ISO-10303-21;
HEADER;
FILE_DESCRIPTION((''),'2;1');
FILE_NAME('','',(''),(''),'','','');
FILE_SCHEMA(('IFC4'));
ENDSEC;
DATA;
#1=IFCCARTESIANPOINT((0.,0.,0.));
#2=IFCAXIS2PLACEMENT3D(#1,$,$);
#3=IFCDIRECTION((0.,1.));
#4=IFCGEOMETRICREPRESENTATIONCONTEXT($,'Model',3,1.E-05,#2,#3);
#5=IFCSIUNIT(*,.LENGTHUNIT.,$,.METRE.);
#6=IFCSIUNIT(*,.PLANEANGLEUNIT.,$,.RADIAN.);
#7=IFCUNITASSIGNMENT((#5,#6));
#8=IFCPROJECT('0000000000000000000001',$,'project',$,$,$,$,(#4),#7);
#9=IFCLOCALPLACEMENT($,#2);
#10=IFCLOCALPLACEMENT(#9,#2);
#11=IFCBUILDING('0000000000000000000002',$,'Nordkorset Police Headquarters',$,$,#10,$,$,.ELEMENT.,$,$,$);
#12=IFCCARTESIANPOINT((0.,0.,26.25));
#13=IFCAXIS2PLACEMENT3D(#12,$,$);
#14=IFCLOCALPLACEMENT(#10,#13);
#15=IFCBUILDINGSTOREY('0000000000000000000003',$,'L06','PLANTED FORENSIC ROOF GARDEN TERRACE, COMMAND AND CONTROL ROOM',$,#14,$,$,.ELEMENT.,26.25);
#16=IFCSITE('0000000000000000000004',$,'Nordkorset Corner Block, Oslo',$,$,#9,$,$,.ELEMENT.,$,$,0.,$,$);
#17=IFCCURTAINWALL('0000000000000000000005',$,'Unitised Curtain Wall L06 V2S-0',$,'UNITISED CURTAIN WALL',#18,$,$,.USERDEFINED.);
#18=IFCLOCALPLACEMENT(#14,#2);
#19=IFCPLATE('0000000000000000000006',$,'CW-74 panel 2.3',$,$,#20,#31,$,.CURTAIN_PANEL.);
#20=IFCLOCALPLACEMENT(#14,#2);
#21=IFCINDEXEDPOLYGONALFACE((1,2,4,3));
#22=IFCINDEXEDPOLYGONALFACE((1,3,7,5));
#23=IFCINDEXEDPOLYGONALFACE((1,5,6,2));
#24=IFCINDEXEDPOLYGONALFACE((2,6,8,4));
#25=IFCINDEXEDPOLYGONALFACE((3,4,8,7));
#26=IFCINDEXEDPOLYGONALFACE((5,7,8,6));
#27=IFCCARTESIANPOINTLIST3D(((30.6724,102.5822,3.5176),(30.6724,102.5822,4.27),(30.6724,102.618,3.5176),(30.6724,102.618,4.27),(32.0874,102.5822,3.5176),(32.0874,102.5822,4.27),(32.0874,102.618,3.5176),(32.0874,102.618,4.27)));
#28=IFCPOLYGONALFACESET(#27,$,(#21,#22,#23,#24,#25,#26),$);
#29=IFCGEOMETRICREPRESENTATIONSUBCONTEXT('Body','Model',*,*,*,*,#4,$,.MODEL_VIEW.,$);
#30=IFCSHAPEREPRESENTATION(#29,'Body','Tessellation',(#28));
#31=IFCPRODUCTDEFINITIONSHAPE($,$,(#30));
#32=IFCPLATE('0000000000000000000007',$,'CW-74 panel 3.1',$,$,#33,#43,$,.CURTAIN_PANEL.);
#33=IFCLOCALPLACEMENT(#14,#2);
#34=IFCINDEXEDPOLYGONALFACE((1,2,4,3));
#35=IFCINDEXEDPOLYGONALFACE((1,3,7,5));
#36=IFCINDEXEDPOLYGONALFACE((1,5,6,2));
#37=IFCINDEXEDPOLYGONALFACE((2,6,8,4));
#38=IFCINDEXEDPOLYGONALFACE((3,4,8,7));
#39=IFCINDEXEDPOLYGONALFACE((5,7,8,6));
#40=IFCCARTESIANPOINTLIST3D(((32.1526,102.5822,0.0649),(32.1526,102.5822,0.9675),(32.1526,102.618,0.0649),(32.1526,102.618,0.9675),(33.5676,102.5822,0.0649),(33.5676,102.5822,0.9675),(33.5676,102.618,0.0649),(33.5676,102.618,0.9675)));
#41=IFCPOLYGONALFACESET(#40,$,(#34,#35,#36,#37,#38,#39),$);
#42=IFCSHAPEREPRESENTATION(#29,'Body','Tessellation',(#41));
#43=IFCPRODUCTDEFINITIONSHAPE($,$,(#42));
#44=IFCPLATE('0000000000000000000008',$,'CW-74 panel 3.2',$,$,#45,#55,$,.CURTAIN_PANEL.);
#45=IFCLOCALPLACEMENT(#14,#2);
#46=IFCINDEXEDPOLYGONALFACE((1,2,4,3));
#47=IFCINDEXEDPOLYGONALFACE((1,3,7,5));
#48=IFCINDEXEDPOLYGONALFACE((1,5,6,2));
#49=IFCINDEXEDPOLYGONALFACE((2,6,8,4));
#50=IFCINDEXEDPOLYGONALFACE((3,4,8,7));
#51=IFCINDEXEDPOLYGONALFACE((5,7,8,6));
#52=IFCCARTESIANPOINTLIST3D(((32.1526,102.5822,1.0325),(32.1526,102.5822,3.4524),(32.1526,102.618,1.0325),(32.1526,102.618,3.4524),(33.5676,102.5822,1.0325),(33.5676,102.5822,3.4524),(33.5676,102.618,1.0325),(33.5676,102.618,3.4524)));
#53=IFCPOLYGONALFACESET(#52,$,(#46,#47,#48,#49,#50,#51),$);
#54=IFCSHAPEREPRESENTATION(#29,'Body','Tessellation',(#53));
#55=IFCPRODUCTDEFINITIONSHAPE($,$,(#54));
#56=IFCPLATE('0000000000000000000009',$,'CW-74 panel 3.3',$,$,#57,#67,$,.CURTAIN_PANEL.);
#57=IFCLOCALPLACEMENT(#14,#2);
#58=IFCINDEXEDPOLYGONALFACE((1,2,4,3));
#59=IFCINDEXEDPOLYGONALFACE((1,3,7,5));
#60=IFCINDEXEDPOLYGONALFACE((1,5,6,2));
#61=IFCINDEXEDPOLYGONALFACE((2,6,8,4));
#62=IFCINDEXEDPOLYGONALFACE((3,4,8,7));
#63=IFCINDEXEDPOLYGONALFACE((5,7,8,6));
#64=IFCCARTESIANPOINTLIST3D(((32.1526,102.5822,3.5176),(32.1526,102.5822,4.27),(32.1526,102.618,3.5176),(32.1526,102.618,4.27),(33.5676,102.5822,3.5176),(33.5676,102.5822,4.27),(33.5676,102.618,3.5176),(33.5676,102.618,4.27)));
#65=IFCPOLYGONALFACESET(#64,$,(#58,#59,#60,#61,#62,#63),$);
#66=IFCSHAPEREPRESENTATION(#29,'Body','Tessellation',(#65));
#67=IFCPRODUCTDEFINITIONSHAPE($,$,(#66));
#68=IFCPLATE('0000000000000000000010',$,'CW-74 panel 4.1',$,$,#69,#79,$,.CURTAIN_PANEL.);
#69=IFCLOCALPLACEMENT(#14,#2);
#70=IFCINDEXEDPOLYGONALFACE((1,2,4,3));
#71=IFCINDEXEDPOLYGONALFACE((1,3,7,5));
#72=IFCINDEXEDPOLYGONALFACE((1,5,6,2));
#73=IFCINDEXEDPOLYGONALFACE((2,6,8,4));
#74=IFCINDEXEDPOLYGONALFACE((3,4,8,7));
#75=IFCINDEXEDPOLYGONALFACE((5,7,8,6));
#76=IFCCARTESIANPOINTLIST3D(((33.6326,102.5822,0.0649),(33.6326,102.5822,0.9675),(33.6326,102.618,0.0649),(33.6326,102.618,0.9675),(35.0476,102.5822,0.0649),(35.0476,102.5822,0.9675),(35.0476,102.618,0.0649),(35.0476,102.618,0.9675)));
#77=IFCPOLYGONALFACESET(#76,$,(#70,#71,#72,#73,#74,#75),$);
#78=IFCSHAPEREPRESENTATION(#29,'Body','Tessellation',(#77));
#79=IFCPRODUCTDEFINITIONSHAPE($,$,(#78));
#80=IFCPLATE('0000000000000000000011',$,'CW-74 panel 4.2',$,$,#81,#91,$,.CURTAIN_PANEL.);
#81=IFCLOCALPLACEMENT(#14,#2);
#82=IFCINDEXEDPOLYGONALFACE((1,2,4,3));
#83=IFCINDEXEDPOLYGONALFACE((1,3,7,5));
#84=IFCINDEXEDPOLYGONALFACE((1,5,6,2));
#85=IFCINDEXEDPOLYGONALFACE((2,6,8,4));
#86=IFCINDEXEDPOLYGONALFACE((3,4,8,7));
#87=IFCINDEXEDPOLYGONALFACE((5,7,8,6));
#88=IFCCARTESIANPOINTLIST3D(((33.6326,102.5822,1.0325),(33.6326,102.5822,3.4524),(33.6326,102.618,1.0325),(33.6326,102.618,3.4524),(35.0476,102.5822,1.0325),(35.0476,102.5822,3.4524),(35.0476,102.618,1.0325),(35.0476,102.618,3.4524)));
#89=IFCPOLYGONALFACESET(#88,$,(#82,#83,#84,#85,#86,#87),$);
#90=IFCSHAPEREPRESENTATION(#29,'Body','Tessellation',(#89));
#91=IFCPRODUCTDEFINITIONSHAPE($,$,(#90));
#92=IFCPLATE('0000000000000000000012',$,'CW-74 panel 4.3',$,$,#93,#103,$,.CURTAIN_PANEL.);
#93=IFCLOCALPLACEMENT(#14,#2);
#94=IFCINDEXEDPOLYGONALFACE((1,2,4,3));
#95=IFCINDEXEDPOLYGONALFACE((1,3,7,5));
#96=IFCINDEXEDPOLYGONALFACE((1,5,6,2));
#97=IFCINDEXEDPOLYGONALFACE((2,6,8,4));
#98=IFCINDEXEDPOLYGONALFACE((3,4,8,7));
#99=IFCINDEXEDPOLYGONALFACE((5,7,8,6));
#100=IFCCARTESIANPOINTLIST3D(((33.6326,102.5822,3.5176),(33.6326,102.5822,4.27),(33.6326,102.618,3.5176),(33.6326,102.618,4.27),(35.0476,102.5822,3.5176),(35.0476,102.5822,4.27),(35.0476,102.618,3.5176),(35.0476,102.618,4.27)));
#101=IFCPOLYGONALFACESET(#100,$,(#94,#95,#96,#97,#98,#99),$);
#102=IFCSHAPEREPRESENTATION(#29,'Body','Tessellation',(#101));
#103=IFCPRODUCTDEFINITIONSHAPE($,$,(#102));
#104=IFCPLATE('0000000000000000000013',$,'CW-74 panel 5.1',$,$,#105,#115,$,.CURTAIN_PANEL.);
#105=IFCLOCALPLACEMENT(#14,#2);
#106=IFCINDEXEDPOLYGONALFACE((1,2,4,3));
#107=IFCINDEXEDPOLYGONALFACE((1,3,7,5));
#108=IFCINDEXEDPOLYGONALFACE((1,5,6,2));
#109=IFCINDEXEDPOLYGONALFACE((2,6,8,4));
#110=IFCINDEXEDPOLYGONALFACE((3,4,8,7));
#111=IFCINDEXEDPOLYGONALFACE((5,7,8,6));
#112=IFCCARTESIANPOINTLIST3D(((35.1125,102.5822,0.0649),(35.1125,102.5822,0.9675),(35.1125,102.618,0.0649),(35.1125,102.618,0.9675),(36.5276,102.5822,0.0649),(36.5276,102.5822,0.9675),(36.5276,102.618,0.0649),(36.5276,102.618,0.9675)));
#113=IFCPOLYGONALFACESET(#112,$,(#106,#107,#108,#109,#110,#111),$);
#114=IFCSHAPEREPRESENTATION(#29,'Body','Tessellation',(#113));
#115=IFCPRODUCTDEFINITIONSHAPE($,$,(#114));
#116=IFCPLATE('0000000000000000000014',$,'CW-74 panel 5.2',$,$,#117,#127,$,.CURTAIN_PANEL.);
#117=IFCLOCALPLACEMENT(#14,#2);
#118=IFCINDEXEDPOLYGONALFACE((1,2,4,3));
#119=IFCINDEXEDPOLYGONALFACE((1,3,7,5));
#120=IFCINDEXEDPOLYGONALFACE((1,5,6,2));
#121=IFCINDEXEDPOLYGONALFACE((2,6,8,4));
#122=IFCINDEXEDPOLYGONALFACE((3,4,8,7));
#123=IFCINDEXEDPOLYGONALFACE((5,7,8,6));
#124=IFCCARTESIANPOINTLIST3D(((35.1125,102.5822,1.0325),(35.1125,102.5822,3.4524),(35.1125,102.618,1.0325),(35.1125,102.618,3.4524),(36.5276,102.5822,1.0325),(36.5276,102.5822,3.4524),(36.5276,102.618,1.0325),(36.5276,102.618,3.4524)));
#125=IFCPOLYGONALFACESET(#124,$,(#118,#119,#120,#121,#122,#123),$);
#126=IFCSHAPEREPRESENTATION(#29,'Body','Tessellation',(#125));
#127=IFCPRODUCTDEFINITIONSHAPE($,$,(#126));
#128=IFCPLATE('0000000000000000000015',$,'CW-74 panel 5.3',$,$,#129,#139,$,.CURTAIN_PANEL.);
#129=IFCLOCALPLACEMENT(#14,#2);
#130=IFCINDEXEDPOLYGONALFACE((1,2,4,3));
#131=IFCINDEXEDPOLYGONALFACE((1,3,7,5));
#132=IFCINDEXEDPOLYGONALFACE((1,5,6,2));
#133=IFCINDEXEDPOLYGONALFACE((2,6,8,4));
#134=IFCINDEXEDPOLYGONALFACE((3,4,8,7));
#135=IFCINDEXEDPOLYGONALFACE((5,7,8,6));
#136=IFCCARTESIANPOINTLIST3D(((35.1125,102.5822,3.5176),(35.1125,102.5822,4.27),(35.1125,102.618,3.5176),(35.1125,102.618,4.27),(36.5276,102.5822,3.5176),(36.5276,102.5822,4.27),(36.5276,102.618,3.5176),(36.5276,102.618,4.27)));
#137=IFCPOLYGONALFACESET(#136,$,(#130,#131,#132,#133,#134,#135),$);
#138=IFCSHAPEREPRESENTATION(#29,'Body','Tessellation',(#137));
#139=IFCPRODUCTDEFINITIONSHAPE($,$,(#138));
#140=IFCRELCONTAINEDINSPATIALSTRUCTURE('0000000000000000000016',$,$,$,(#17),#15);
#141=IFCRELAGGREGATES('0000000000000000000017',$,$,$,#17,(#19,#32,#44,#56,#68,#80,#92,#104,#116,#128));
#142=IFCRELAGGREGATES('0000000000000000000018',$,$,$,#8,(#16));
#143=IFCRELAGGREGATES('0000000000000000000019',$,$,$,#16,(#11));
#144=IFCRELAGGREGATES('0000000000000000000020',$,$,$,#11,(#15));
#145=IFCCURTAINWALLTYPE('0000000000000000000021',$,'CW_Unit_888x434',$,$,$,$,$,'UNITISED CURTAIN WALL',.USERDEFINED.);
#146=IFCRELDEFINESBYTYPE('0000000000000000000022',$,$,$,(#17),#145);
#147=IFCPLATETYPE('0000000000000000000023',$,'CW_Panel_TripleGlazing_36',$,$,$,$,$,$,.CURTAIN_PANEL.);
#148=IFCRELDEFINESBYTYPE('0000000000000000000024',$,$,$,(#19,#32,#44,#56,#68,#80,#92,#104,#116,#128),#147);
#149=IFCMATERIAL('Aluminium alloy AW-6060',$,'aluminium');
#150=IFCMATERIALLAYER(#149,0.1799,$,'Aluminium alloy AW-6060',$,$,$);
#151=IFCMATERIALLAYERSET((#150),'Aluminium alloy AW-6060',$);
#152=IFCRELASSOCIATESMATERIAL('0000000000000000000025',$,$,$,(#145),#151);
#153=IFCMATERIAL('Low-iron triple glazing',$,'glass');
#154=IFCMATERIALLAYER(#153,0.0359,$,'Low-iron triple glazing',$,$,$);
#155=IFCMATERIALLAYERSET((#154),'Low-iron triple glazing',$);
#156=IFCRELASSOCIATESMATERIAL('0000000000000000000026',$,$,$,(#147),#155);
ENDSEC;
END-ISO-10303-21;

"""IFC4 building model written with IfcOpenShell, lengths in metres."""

from ifc_helpers import new_model, si_unit, direction, frame, origin, origin_2d, place, context, subcontext, project, spatial, rectangle, extrude, material, layer, layer_set, type_object, element, aggregate, save


model = new_model("IFC4")

# Units and contexts
model_context = context("Model", 3, precision=1e-05, world=origin(), true_north=direction((0.0, 1.0)))
body_context = subcontext(model_context, "Body", "Model", "MODEL_VIEW")
ifc_project = project(units=[si_unit("LENGTHUNIT", "METRE"), si_unit("PLANEANGLEUNIT", "RADIAN")], contexts=[model_context])

# Site, building, storey
site_placement = place(None, origin())
site = spatial("IfcSite", under=ifc_project, at=site_placement, Name="Nordkorset Corner Block, Oslo", CompositionType="ELEMENT", RefElevation=0.0)
building_placement = place(site_placement, origin())
building = spatial("IfcBuilding", under=site, at=building_placement, Name="Nordkorset Police Headquarters", CompositionType="ELEMENT")
storey_placement = place(building_placement, frame((0.0, 0.0, 26.25)))
storey = spatial("IfcBuildingStorey", under=building, at=storey_placement, Name="L06", Description="PLANTED FORENSIC ROOF GARDEN TERRACE, COMMAND AND CONTROL ROOM", CompositionType="ELEMENT", Elevation=26.25)

# Curtain wall, plates
ifc_material_1 = material(Name="Aluminium alloy AW-6060", Category="aluminium")
ifc_layer_1 = layer(ifc_material_1, 0.1799, Name="Aluminium alloy AW-6060")
ifc_layer_set_1 = layer_set([ifc_layer_1], Name="Aluminium alloy AW-6060")
curtain_wall_type = type_object("IfcCurtainWallType", Name="CW_Unit_888x434", ElementType="UNITISED CURTAIN WALL", PredefinedType="USERDEFINED", material=ifc_layer_set_1)
curtain_wall_placement = place(storey_placement, origin())
curtain_wall = element("IfcCurtainWall", 1, at=curtain_wall_placement, inside=storey, type_object=curtain_wall_type, Name="Unitised Curtain Wall L06 V2S-0", ObjectType="UNITISED CURTAIN WALL", PredefinedType="USERDEFINED")
ifc_material_2 = material(Name="Low-iron triple glazing", Category="glass")
ifc_layer_2 = layer(ifc_material_2, 0.0359, Name="Low-iron triple glazing")
ifc_layer_set_2 = layer_set([ifc_layer_2], Name="Low-iron triple glazing")
plate_type = type_object("IfcPlateType", Name="CW_Panel_TripleGlazing_36", PredefinedType="CURTAIN_PANEL", material=ifc_layer_set_2)
plate_1_placement = place(storey_placement, frame((31.3799, 102.6001, 3.5176), z_axis=(0.0, 0.0, 1.0), x_axis=(1.0, 0.0, 0.0)))
plate_1 = element("IfcPlate", 2, at=plate_1_placement, type_object=plate_type, Name="CW-74 panel 2.3", PredefinedType="CURTAIN_PANEL", context=body_context, shape_type="SweptSolid", body=[
    extrude(rectangle(XDim=1.415, YDim=0.0359, at=origin_2d()), origin(), (0.0, 0.0, 1.0), 0.7524),
])
plate_2_placement = place(storey_placement, frame((32.8601, 102.6001, 0.0649), z_axis=(0.0, 0.0, 1.0), x_axis=(1.0, 0.0, 0.0)))
plate_2 = element("IfcPlate", 3, at=plate_2_placement, type_object=plate_type, Name="CW-74 panel 3.1", PredefinedType="CURTAIN_PANEL", context=body_context, shape_type="SweptSolid", body=[
    extrude(rectangle(XDim=1.415, YDim=0.0359, at=origin_2d()), origin(), (0.0, 0.0, 1.0), 0.9026),
])
plate_3_placement = place(storey_placement, frame((32.8601, 102.6001, 1.0325), z_axis=(0.0, 0.0, 1.0), x_axis=(1.0, 0.0, 0.0)))
plate_3 = element("IfcPlate", 4, at=plate_3_placement, type_object=plate_type, Name="CW-74 panel 3.2", PredefinedType="CURTAIN_PANEL", context=body_context, shape_type="SweptSolid", body=[
    extrude(rectangle(XDim=1.415, YDim=0.0359, at=origin_2d()), origin(), (0.0, 0.0, 1.0), 2.4199),
])
plate_4_placement = place(storey_placement, frame((32.8601, 102.6001, 3.5176), z_axis=(0.0, 0.0, 1.0), x_axis=(1.0, 0.0, 0.0)))
plate_4 = element("IfcPlate", 5, at=plate_4_placement, type_object=plate_type, Name="CW-74 panel 3.3", PredefinedType="CURTAIN_PANEL", context=body_context, shape_type="SweptSolid", body=[
    extrude(rectangle(XDim=1.415, YDim=0.0359, at=origin_2d()), origin(), (0.0, 0.0, 1.0), 0.7524),
])
plate_5_placement = place(storey_placement, frame((34.3401, 102.6001, 0.0649), z_axis=(0.0, 0.0, 1.0), x_axis=(1.0, 0.0, 0.0)))
plate_5 = element("IfcPlate", 6, at=plate_5_placement, type_object=plate_type, Name="CW-74 panel 4.1", PredefinedType="CURTAIN_PANEL", context=body_context, shape_type="SweptSolid", body=[
    extrude(rectangle(XDim=1.415, YDim=0.0359, at=origin_2d()), origin(), (0.0, 0.0, 1.0), 0.9026),
])
plate_6_placement = place(storey_placement, frame((34.3401, 102.6001, 1.0325), z_axis=(0.0, 0.0, 1.0), x_axis=(1.0, 0.0, 0.0)))
plate_6 = element("IfcPlate", 7, at=plate_6_placement, type_object=plate_type, Name="CW-74 panel 4.2", PredefinedType="CURTAIN_PANEL", context=body_context, shape_type="SweptSolid", body=[
    extrude(rectangle(XDim=1.415, YDim=0.0359, at=origin_2d()), origin(), (0.0, 0.0, 1.0), 2.4199),
])
plate_7_placement = place(storey_placement, frame((34.3401, 102.6001, 3.5176), z_axis=(0.0, 0.0, 1.0), x_axis=(1.0, 0.0, 0.0)))
plate_7 = element("IfcPlate", 8, at=plate_7_placement, type_object=plate_type, Name="CW-74 panel 4.3", PredefinedType="CURTAIN_PANEL", context=body_context, shape_type="SweptSolid", body=[
    extrude(rectangle(XDim=1.415, YDim=0.0359, at=origin_2d()), origin(), (0.0, 0.0, 1.0), 0.7524),
])
plate_8_placement = place(storey_placement, frame((35.8201, 102.6001, 0.0649), z_axis=(0.0, 0.0, 1.0), x_axis=(1.0, 0.0, 0.0)))
plate_8 = element("IfcPlate", 9, at=plate_8_placement, type_object=plate_type, Name="CW-74 panel 5.1", PredefinedType="CURTAIN_PANEL", context=body_context, shape_type="SweptSolid", body=[
    extrude(rectangle(XDim=1.415, YDim=0.0359, at=origin_2d()), origin(), (0.0, 0.0, 1.0), 0.9026),
])
plate_9_placement = place(storey_placement, frame((35.8201, 102.6001, 1.0325), z_axis=(0.0, 0.0, 1.0), x_axis=(1.0, 0.0, 0.0)))
plate_9 = element("IfcPlate", 10, at=plate_9_placement, type_object=plate_type, Name="CW-74 panel 5.2", PredefinedType="CURTAIN_PANEL", context=body_context, shape_type="SweptSolid", body=[
    extrude(rectangle(XDim=1.415, YDim=0.0359, at=origin_2d()), origin(), (0.0, 0.0, 1.0), 2.4199),
])
plate_10_placement = place(storey_placement, frame((35.8201, 102.6001, 3.5176), z_axis=(0.0, 0.0, 1.0), x_axis=(1.0, 0.0, 0.0)))
plate_10 = element("IfcPlate", 11, at=plate_10_placement, type_object=plate_type, Name="CW-74 panel 5.3", PredefinedType="CURTAIN_PANEL", context=body_context, shape_type="SweptSolid", body=[
    extrude(rectangle(XDim=1.415, YDim=0.0359, at=origin_2d()), origin(), (0.0, 0.0, 1.0), 0.7524),
])
aggregate(curtain_wall, [plate_1, plate_2, plate_3, plate_4, plate_5, plate_6, plate_7, plate_8, plate_9, plate_10])

save(model, "model.ifc")
